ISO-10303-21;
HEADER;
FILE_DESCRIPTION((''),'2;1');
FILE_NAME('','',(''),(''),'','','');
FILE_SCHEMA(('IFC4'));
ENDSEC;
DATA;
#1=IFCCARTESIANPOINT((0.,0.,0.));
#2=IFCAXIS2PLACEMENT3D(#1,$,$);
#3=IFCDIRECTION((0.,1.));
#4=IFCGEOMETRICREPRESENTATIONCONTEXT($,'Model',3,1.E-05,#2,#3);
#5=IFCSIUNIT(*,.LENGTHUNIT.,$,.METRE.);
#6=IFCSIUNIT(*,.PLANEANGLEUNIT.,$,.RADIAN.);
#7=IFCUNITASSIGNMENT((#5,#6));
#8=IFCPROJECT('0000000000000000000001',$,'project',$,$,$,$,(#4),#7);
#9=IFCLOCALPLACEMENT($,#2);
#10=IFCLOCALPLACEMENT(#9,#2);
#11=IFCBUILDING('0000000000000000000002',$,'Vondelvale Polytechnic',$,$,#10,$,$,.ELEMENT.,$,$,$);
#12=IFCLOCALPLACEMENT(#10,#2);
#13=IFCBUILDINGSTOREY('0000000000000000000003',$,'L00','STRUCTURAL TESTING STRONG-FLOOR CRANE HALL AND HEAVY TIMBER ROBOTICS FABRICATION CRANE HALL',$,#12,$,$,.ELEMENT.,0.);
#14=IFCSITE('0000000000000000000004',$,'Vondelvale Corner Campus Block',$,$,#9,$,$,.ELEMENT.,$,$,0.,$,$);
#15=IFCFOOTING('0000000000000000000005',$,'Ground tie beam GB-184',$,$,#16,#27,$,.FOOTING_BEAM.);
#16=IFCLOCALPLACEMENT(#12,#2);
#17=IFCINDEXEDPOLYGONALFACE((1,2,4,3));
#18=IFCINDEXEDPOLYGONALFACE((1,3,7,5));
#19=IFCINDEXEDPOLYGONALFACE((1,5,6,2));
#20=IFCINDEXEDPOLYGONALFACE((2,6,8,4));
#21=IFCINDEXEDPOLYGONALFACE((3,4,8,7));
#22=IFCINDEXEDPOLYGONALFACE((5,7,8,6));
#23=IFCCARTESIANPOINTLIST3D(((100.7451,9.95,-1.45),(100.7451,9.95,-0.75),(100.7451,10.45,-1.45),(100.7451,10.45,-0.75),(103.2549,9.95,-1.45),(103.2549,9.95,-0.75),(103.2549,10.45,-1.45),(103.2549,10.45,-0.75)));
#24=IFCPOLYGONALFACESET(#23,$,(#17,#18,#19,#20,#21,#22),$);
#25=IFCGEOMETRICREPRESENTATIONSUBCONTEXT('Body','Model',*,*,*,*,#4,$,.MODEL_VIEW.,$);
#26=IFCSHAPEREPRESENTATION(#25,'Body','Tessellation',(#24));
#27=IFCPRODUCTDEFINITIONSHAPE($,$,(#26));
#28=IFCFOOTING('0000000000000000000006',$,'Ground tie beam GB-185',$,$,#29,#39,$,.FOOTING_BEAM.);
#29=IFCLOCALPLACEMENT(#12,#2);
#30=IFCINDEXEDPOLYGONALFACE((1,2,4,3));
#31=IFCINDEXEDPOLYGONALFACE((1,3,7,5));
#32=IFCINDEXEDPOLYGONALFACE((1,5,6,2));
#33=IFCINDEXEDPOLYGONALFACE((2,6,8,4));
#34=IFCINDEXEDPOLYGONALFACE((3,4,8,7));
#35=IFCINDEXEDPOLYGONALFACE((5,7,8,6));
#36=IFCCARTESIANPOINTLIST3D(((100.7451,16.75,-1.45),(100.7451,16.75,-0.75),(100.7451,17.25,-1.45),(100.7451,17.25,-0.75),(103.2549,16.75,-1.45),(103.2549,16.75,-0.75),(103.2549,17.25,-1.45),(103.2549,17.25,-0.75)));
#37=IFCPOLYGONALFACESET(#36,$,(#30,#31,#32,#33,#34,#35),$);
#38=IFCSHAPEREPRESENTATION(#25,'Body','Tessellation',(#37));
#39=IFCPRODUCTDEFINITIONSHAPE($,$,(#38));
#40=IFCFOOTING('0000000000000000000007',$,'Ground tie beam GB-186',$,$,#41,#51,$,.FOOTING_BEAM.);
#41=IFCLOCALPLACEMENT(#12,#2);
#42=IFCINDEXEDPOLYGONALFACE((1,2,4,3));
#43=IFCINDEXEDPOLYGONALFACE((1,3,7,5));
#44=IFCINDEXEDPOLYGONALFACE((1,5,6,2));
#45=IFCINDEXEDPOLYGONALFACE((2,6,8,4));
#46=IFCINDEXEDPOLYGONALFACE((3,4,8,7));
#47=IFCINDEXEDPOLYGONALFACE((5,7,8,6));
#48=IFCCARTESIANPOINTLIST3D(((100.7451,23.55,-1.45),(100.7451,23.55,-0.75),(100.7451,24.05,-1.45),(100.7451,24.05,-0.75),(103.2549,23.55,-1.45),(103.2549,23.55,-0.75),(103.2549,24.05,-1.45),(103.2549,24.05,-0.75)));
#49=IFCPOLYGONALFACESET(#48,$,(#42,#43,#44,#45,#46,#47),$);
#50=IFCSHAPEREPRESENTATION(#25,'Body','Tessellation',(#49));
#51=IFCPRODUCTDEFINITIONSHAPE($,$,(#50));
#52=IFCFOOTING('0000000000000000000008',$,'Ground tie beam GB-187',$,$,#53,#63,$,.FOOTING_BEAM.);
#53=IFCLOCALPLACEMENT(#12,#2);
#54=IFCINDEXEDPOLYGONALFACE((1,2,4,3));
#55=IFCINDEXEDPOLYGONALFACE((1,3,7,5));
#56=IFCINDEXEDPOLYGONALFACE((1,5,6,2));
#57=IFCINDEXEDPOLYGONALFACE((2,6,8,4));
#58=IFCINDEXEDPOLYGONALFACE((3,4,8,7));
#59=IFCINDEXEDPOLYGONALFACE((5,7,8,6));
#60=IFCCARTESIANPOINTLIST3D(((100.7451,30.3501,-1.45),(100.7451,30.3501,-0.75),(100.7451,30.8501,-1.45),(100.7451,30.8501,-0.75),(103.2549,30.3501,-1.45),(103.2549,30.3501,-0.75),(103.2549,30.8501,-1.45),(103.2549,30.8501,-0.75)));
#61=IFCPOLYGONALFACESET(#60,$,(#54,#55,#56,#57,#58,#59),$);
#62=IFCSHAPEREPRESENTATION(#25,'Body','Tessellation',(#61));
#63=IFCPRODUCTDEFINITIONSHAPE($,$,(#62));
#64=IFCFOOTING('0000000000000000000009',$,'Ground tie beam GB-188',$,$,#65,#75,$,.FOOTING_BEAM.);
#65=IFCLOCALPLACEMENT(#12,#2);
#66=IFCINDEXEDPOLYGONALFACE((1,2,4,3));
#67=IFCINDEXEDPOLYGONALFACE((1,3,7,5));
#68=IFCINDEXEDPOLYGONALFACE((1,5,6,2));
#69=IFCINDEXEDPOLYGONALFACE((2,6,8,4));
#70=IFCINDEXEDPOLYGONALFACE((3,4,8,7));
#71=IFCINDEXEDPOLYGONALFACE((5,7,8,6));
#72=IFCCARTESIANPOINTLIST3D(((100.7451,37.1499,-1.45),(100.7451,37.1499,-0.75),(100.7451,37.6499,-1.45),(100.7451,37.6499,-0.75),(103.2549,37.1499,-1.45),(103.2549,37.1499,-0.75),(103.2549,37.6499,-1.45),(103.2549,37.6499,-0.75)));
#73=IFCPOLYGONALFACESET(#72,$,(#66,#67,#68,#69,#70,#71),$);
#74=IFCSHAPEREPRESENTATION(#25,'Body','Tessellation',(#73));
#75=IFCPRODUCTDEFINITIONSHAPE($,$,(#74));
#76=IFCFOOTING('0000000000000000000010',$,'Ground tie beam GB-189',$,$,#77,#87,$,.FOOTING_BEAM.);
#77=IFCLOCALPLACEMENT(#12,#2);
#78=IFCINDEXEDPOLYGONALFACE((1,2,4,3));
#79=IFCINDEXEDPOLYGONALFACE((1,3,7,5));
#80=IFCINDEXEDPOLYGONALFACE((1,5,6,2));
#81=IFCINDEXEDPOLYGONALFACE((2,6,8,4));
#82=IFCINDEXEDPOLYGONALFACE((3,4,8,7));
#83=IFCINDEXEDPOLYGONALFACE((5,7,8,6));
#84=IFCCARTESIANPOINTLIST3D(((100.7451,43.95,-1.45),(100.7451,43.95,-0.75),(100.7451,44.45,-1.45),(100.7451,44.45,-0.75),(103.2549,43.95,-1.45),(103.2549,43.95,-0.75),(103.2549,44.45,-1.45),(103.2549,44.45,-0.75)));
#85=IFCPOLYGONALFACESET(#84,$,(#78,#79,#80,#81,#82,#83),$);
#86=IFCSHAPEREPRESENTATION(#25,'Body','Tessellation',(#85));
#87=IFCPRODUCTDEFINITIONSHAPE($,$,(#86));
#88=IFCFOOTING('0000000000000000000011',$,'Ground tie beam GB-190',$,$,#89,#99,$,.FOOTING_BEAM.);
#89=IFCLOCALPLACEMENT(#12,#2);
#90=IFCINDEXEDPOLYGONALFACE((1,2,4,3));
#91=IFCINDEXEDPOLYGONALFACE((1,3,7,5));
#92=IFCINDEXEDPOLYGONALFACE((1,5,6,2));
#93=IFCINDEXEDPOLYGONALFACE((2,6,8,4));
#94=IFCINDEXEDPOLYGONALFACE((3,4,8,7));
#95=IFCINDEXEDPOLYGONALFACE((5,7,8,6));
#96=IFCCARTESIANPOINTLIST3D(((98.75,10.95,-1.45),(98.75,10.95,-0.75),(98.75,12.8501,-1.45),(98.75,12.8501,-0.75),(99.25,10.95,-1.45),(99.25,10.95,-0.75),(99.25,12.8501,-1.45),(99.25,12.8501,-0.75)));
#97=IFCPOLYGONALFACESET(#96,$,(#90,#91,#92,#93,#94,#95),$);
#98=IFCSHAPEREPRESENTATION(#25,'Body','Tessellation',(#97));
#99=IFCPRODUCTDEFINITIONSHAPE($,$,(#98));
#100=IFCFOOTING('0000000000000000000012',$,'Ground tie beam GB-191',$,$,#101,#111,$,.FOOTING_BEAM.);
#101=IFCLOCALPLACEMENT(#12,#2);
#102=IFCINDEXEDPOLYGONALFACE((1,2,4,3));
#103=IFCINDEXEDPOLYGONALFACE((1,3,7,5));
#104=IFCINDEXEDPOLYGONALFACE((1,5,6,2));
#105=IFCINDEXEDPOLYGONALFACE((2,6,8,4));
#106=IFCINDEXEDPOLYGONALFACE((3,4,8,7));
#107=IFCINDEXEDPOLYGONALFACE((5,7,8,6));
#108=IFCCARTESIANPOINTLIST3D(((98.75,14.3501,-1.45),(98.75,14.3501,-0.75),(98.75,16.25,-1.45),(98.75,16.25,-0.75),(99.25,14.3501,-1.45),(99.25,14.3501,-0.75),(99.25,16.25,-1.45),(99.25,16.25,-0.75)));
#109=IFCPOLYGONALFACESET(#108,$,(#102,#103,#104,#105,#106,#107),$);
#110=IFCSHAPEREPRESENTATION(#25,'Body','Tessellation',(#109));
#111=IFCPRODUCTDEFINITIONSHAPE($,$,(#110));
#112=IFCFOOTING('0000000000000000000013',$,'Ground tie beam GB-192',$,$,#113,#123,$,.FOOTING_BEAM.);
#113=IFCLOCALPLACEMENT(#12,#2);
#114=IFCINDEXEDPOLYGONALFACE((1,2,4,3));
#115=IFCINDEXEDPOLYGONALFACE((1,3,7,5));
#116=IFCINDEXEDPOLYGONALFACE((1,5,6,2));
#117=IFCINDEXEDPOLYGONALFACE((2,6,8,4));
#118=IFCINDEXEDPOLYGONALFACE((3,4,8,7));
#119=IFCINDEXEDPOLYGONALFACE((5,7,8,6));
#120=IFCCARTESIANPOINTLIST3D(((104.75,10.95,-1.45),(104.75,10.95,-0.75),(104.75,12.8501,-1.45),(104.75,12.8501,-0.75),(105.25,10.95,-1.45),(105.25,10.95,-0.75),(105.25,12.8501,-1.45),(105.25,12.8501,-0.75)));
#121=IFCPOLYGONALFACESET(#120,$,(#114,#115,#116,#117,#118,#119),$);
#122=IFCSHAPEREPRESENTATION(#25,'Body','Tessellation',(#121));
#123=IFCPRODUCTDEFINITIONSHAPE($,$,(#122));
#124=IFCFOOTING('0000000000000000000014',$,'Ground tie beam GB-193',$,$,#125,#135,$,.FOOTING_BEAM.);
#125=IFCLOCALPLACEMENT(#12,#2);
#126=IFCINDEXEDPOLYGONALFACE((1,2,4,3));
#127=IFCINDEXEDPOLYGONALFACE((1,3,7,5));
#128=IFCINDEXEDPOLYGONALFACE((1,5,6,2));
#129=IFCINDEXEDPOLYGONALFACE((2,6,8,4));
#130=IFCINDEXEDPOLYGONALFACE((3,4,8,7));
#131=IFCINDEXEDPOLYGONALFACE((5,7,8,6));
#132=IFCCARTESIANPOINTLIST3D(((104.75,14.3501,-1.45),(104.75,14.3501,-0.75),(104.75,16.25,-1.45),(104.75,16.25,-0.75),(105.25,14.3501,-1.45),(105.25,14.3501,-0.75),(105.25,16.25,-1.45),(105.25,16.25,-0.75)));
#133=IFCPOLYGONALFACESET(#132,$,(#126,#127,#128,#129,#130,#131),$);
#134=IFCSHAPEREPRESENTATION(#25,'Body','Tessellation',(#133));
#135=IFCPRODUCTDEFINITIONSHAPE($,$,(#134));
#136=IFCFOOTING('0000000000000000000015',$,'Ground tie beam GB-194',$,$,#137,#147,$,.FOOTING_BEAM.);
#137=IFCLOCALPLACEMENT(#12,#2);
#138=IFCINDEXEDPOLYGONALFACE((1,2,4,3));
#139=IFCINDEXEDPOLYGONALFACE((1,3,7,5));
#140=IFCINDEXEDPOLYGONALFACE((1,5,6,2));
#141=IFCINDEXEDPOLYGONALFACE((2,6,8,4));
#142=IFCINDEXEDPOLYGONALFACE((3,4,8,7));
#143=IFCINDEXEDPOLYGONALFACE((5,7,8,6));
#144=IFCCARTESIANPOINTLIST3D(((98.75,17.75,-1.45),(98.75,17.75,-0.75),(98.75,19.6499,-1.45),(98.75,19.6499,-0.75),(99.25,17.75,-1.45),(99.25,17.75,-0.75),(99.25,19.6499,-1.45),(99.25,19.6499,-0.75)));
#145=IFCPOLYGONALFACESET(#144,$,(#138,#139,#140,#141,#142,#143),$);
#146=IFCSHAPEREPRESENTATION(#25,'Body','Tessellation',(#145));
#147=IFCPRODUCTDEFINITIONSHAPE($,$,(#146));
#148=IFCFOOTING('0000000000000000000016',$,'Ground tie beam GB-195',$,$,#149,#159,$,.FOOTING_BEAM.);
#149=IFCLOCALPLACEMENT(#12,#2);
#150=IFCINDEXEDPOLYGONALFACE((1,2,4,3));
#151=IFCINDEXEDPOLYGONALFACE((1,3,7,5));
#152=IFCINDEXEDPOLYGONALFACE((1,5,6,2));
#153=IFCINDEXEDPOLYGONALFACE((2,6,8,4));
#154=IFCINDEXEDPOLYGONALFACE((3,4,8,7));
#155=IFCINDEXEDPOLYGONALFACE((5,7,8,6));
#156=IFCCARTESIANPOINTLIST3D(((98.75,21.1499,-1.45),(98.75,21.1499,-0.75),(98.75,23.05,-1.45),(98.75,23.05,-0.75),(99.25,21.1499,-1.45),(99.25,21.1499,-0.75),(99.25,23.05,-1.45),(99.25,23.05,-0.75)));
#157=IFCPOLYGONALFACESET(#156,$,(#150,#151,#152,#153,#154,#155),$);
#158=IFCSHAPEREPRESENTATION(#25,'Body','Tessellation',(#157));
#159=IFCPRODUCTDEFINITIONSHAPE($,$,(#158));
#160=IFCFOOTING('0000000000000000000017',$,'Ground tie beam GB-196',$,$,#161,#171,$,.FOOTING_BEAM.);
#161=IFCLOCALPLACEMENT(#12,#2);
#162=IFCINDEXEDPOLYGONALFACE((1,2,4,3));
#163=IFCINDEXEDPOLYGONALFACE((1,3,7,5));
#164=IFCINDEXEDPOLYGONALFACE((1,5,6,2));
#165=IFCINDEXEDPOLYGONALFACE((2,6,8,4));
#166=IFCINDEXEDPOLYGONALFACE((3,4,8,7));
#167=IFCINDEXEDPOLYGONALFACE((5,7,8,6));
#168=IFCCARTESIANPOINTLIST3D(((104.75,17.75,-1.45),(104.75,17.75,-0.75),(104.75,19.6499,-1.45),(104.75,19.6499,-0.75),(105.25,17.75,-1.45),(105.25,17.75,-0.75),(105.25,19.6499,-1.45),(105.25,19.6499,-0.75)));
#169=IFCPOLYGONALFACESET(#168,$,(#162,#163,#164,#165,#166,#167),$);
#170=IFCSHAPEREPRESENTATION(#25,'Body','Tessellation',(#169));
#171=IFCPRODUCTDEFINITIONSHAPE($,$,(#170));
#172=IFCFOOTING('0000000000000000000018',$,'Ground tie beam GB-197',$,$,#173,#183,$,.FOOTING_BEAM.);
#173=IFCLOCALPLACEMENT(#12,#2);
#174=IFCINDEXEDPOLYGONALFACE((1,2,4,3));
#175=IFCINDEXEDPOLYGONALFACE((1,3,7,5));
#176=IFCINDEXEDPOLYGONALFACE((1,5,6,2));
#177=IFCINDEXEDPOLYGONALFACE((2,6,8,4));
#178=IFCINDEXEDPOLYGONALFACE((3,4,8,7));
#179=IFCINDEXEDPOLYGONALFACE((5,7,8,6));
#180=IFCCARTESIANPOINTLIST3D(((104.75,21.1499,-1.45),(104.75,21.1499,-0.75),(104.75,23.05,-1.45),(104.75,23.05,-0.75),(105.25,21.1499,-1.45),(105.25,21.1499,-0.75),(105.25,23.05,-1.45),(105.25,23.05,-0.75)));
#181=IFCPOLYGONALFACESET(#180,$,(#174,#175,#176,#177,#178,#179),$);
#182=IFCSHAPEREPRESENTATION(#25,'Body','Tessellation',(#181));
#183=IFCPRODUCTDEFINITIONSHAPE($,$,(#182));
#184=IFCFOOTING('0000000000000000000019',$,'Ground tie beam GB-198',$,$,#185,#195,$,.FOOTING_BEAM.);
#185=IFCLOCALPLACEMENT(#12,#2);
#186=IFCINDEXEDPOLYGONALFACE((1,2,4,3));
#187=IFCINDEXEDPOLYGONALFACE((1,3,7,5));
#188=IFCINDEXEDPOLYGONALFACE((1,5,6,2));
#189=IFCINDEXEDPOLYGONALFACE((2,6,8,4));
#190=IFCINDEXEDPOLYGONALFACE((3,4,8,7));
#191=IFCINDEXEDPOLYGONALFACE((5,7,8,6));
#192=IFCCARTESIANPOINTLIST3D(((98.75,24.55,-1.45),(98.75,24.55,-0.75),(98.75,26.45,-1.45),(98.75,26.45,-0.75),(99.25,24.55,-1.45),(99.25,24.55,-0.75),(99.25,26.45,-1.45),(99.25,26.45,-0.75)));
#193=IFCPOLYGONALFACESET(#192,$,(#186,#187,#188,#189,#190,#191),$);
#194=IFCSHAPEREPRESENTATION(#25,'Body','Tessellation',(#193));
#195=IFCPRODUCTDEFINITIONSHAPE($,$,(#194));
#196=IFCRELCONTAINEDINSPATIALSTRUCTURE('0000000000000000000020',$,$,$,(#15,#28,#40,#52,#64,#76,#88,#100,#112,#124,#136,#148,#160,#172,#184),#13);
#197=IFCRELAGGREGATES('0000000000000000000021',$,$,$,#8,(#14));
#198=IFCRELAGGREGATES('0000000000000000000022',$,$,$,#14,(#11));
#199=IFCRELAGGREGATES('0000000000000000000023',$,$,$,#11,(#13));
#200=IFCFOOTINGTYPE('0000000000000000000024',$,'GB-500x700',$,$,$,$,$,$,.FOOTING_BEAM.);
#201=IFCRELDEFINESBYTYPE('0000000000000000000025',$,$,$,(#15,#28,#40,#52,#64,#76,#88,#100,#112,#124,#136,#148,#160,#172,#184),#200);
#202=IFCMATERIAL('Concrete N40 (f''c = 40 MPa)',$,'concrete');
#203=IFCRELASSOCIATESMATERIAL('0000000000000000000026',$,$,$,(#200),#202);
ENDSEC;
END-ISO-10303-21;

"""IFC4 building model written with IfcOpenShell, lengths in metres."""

from ifc_helpers import new_model, si_unit, direction, frame, origin, place, context, subcontext, project, spatial, polyline, outline, extrude, material, type_object, element, save


model = new_model("IFC4")

# Units and contexts
model_context = context("Model", 3, precision=1e-05, world=origin(), true_north=direction((0.0, 1.0)))
body_context = subcontext(model_context, "Body", "Model", "MODEL_VIEW")
ifc_project = project(units=[si_unit("LENGTHUNIT", "METRE"), si_unit("PLANEANGLEUNIT", "RADIAN")], contexts=[model_context])

# Site, building, storey
site_placement = place(None, origin())
site = spatial("IfcSite", under=ifc_project, at=site_placement, Name="Vondelvale Corner Campus Block", CompositionType="ELEMENT", RefElevation=0.0)
building_placement = place(site_placement, origin())
building = spatial("IfcBuilding", under=site, at=building_placement, Name="Vondelvale Polytechnic", CompositionType="ELEMENT")
storey_placement = place(building_placement, origin())
storey = spatial("IfcBuildingStorey", under=building, at=storey_placement, Name="L00", Description="STRUCTURAL TESTING STRONG-FLOOR CRANE HALL AND HEAVY TIMBER ROBOTICS FABRICATION CRANE HALL", CompositionType="ELEMENT", Elevation=0.0)

# Footings
ifc_material = material(Name="Concrete N40 (f'c = 40 MPa)", Category="concrete")
footing_type_1 = type_object("IfcFootingType", Name="GB-500x700", PredefinedType="FOOTING_BEAM", material=ifc_material)
footing_1_placement = place(storey_placement, frame((0.0, 0.0, -1.45)))
element("IfcFooting", 1, at=footing_1_placement, inside=storey, type_object=footing_type_1, Name="Ground tie beam GB-184", PredefinedType="FOOTING_BEAM", context=body_context, shape_type="SweptSolid", body=[
    extrude(outline(polyline([(100.7451, 9.95), (100.7451, 10.45), (103.2549, 10.45), (103.2549, 9.95), (100.7451, 9.95)])), origin(), (0.0, 0.0, 1.0), 0.7),
])
footing_2_placement = place(storey_placement, frame((0.0, 0.0, -1.45)))
element("IfcFooting", 2, at=footing_2_placement, inside=storey, type_object=footing_type_1, Name="Ground tie beam GB-185", PredefinedType="FOOTING_BEAM", context=body_context, shape_type="SweptSolid", body=[
    extrude(outline(polyline([(100.7451, 16.75), (100.7451, 17.25), (103.2549, 17.25), (103.2549, 16.75), (100.7451, 16.75)])), origin(), (0.0, 0.0, 1.0), 0.7),
])
footing_3_placement = place(storey_placement, frame((0.0, 0.0, -1.45)))
element("IfcFooting", 3, at=footing_3_placement, inside=storey, type_object=footing_type_1, Name="Ground tie beam GB-186", PredefinedType="FOOTING_BEAM", context=body_context, shape_type="SweptSolid", body=[
    extrude(outline(polyline([(100.7451, 23.55), (100.7451, 24.05), (103.2549, 24.05), (103.2549, 23.55), (100.7451, 23.55)])), origin(), (0.0, 0.0, 1.0), 0.7),
])
footing_4_placement = place(storey_placement, frame((0.0, 0.0, -1.45)))
element("IfcFooting", 4, at=footing_4_placement, inside=storey, type_object=footing_type_1, Name="Ground tie beam GB-187", PredefinedType="FOOTING_BEAM", context=body_context, shape_type="SweptSolid", body=[
    extrude(outline(polyline([(100.7451, 30.3501), (100.7451, 30.8501), (103.2549, 30.8501), (103.2549, 30.3501), (100.7451, 30.3501)])), origin(), (0.0, 0.0, 1.0), 0.7),
])
footing_5_placement = place(storey_placement, frame((0.0, 0.0, -1.45)))
element("IfcFooting", 5, at=footing_5_placement, inside=storey, type_object=footing_type_1, Name="Ground tie beam GB-188", PredefinedType="FOOTING_BEAM", context=body_context, shape_type="SweptSolid", body=[
    extrude(outline(polyline([(100.7451, 37.1499), (100.7451, 37.6499), (103.2549, 37.6499), (103.2549, 37.1499), (100.7451, 37.1499)])), origin(), (0.0, 0.0, 1.0), 0.7),
])
footing_6_placement = place(storey_placement, frame((0.0, 0.0, -1.45)))
element("IfcFooting", 6, at=footing_6_placement, inside=storey, type_object=footing_type_1, Name="Ground tie beam GB-189", PredefinedType="FOOTING_BEAM", context=body_context, shape_type="SweptSolid", body=[
    extrude(outline(polyline([(100.7451, 43.95), (100.7451, 44.45), (103.2549, 44.45), (103.2549, 43.95), (100.7451, 43.95)])), origin(), (0.0, 0.0, 1.0), 0.7),
])
footing_7_placement = place(storey_placement, frame((0.0, 0.0, -1.45)))
element("IfcFooting", 7, at=footing_7_placement, inside=storey, type_object=footing_type_1, Name="Ground tie beam GB-190", PredefinedType="FOOTING_BEAM", context=body_context, shape_type="SweptSolid", body=[
    extrude(outline(polyline([(99.25, 10.95), (98.75, 10.95), (98.75, 12.8501), (99.25, 12.8501), (99.25, 10.95)])), origin(), (0.0, 0.0, 1.0), 0.7),
])
footing_8_placement = place(storey_placement, frame((0.0, 0.0, -1.45)))
element("IfcFooting", 8, at=footing_8_placement, inside=storey, type_object=footing_type_1, Name="Ground tie beam GB-191", PredefinedType="FOOTING_BEAM", context=body_context, shape_type="SweptSolid", body=[
    extrude(outline(polyline([(99.25, 14.3501), (98.75, 14.3501), (98.75, 16.25), (99.25, 16.25), (99.25, 14.3501)])), origin(), (0.0, 0.0, 1.0), 0.7),
])
footing_9_placement = place(storey_placement, frame((0.0, 0.0, -1.45)))
element("IfcFooting", 9, at=footing_9_placement, inside=storey, type_object=footing_type_1, Name="Ground tie beam GB-192", PredefinedType="FOOTING_BEAM", context=body_context, shape_type="SweptSolid", body=[
    extrude(outline(polyline([(105.25, 10.95), (104.75, 10.95), (104.75, 12.8501), (105.25, 12.8501), (105.25, 10.95)])), origin(), (0.0, 0.0, 1.0), 0.7),
])
footing_10_placement = place(storey_placement, frame((0.0, 0.0, -1.45)))
element("IfcFooting", 10, at=footing_10_placement, inside=storey, type_object=footing_type_1, Name="Ground tie beam GB-193", PredefinedType="FOOTING_BEAM", context=body_context, shape_type="SweptSolid", body=[
    extrude(outline(polyline([(105.25, 14.3501), (104.75, 14.3501), (104.75, 16.25), (105.25, 16.25), (105.25, 14.3501)])), origin(), (0.0, 0.0, 1.0), 0.7),
])
footing_11_placement = place(storey_placement, frame((0.0, 0.0, -1.45)))
element("IfcFooting", 11, at=footing_11_placement, inside=storey, type_object=footing_type_1, Name="Ground tie beam GB-194", PredefinedType="FOOTING_BEAM", context=body_context, shape_type="SweptSolid", body=[
    extrude(outline(polyline([(99.25, 17.75), (98.75, 17.75), (98.75, 19.6499), (99.25, 19.6499), (99.25, 17.75)])), origin(), (0.0, 0.0, 1.0), 0.7),
])
footing_12_placement = place(storey_placement, frame((0.0, 0.0, -1.45)))
element("IfcFooting", 12, at=footing_12_placement, inside=storey, type_object=footing_type_1, Name="Ground tie beam GB-195", PredefinedType="FOOTING_BEAM", context=body_context, shape_type="SweptSolid", body=[
    extrude(outline(polyline([(99.25, 21.1499), (98.75, 21.1499), (98.75, 23.05), (99.25, 23.05), (99.25, 21.1499)])), origin(), (0.0, 0.0, 1.0), 0.7),
])
footing_13_placement = place(storey_placement, frame((0.0, 0.0, -1.45)))
element("IfcFooting", 13, at=footing_13_placement, inside=storey, type_object=footing_type_1, Name="Ground tie beam GB-196", PredefinedType="FOOTING_BEAM", context=body_context, shape_type="SweptSolid", body=[
    extrude(outline(polyline([(105.25, 17.75), (104.75, 17.75), (104.75, 19.6499), (105.25, 19.6499), (105.25, 17.75)])), origin(), (0.0, 0.0, 1.0), 0.7),
])
footing_14_placement = place(storey_placement, frame((0.0, 0.0, -1.45)))
element("IfcFooting", 14, at=footing_14_placement, inside=storey, type_object=footing_type_1, Name="Ground tie beam GB-197", PredefinedType="FOOTING_BEAM", context=body_context, shape_type="SweptSolid", body=[
    extrude(outline(polyline([(105.25, 21.1499), (104.75, 21.1499), (104.75, 23.05), (105.25, 23.05), (105.25, 21.1499)])), origin(), (0.0, 0.0, 1.0), 0.7),
])
footing_15_placement = place(storey_placement, frame((0.0, 0.0, -1.45)))
element("IfcFooting", 15, at=footing_15_placement, inside=storey, type_object=footing_type_1, Name="Ground tie beam GB-198", PredefinedType="FOOTING_BEAM", context=body_context, shape_type="SweptSolid", body=[
    extrude(outline(polyline([(99.25, 24.55), (98.75, 24.55), (98.75, 26.45), (99.25, 26.45), (99.25, 24.55)])), origin(), (0.0, 0.0, 1.0), 0.7),
])

save(model, "model.ifc")
